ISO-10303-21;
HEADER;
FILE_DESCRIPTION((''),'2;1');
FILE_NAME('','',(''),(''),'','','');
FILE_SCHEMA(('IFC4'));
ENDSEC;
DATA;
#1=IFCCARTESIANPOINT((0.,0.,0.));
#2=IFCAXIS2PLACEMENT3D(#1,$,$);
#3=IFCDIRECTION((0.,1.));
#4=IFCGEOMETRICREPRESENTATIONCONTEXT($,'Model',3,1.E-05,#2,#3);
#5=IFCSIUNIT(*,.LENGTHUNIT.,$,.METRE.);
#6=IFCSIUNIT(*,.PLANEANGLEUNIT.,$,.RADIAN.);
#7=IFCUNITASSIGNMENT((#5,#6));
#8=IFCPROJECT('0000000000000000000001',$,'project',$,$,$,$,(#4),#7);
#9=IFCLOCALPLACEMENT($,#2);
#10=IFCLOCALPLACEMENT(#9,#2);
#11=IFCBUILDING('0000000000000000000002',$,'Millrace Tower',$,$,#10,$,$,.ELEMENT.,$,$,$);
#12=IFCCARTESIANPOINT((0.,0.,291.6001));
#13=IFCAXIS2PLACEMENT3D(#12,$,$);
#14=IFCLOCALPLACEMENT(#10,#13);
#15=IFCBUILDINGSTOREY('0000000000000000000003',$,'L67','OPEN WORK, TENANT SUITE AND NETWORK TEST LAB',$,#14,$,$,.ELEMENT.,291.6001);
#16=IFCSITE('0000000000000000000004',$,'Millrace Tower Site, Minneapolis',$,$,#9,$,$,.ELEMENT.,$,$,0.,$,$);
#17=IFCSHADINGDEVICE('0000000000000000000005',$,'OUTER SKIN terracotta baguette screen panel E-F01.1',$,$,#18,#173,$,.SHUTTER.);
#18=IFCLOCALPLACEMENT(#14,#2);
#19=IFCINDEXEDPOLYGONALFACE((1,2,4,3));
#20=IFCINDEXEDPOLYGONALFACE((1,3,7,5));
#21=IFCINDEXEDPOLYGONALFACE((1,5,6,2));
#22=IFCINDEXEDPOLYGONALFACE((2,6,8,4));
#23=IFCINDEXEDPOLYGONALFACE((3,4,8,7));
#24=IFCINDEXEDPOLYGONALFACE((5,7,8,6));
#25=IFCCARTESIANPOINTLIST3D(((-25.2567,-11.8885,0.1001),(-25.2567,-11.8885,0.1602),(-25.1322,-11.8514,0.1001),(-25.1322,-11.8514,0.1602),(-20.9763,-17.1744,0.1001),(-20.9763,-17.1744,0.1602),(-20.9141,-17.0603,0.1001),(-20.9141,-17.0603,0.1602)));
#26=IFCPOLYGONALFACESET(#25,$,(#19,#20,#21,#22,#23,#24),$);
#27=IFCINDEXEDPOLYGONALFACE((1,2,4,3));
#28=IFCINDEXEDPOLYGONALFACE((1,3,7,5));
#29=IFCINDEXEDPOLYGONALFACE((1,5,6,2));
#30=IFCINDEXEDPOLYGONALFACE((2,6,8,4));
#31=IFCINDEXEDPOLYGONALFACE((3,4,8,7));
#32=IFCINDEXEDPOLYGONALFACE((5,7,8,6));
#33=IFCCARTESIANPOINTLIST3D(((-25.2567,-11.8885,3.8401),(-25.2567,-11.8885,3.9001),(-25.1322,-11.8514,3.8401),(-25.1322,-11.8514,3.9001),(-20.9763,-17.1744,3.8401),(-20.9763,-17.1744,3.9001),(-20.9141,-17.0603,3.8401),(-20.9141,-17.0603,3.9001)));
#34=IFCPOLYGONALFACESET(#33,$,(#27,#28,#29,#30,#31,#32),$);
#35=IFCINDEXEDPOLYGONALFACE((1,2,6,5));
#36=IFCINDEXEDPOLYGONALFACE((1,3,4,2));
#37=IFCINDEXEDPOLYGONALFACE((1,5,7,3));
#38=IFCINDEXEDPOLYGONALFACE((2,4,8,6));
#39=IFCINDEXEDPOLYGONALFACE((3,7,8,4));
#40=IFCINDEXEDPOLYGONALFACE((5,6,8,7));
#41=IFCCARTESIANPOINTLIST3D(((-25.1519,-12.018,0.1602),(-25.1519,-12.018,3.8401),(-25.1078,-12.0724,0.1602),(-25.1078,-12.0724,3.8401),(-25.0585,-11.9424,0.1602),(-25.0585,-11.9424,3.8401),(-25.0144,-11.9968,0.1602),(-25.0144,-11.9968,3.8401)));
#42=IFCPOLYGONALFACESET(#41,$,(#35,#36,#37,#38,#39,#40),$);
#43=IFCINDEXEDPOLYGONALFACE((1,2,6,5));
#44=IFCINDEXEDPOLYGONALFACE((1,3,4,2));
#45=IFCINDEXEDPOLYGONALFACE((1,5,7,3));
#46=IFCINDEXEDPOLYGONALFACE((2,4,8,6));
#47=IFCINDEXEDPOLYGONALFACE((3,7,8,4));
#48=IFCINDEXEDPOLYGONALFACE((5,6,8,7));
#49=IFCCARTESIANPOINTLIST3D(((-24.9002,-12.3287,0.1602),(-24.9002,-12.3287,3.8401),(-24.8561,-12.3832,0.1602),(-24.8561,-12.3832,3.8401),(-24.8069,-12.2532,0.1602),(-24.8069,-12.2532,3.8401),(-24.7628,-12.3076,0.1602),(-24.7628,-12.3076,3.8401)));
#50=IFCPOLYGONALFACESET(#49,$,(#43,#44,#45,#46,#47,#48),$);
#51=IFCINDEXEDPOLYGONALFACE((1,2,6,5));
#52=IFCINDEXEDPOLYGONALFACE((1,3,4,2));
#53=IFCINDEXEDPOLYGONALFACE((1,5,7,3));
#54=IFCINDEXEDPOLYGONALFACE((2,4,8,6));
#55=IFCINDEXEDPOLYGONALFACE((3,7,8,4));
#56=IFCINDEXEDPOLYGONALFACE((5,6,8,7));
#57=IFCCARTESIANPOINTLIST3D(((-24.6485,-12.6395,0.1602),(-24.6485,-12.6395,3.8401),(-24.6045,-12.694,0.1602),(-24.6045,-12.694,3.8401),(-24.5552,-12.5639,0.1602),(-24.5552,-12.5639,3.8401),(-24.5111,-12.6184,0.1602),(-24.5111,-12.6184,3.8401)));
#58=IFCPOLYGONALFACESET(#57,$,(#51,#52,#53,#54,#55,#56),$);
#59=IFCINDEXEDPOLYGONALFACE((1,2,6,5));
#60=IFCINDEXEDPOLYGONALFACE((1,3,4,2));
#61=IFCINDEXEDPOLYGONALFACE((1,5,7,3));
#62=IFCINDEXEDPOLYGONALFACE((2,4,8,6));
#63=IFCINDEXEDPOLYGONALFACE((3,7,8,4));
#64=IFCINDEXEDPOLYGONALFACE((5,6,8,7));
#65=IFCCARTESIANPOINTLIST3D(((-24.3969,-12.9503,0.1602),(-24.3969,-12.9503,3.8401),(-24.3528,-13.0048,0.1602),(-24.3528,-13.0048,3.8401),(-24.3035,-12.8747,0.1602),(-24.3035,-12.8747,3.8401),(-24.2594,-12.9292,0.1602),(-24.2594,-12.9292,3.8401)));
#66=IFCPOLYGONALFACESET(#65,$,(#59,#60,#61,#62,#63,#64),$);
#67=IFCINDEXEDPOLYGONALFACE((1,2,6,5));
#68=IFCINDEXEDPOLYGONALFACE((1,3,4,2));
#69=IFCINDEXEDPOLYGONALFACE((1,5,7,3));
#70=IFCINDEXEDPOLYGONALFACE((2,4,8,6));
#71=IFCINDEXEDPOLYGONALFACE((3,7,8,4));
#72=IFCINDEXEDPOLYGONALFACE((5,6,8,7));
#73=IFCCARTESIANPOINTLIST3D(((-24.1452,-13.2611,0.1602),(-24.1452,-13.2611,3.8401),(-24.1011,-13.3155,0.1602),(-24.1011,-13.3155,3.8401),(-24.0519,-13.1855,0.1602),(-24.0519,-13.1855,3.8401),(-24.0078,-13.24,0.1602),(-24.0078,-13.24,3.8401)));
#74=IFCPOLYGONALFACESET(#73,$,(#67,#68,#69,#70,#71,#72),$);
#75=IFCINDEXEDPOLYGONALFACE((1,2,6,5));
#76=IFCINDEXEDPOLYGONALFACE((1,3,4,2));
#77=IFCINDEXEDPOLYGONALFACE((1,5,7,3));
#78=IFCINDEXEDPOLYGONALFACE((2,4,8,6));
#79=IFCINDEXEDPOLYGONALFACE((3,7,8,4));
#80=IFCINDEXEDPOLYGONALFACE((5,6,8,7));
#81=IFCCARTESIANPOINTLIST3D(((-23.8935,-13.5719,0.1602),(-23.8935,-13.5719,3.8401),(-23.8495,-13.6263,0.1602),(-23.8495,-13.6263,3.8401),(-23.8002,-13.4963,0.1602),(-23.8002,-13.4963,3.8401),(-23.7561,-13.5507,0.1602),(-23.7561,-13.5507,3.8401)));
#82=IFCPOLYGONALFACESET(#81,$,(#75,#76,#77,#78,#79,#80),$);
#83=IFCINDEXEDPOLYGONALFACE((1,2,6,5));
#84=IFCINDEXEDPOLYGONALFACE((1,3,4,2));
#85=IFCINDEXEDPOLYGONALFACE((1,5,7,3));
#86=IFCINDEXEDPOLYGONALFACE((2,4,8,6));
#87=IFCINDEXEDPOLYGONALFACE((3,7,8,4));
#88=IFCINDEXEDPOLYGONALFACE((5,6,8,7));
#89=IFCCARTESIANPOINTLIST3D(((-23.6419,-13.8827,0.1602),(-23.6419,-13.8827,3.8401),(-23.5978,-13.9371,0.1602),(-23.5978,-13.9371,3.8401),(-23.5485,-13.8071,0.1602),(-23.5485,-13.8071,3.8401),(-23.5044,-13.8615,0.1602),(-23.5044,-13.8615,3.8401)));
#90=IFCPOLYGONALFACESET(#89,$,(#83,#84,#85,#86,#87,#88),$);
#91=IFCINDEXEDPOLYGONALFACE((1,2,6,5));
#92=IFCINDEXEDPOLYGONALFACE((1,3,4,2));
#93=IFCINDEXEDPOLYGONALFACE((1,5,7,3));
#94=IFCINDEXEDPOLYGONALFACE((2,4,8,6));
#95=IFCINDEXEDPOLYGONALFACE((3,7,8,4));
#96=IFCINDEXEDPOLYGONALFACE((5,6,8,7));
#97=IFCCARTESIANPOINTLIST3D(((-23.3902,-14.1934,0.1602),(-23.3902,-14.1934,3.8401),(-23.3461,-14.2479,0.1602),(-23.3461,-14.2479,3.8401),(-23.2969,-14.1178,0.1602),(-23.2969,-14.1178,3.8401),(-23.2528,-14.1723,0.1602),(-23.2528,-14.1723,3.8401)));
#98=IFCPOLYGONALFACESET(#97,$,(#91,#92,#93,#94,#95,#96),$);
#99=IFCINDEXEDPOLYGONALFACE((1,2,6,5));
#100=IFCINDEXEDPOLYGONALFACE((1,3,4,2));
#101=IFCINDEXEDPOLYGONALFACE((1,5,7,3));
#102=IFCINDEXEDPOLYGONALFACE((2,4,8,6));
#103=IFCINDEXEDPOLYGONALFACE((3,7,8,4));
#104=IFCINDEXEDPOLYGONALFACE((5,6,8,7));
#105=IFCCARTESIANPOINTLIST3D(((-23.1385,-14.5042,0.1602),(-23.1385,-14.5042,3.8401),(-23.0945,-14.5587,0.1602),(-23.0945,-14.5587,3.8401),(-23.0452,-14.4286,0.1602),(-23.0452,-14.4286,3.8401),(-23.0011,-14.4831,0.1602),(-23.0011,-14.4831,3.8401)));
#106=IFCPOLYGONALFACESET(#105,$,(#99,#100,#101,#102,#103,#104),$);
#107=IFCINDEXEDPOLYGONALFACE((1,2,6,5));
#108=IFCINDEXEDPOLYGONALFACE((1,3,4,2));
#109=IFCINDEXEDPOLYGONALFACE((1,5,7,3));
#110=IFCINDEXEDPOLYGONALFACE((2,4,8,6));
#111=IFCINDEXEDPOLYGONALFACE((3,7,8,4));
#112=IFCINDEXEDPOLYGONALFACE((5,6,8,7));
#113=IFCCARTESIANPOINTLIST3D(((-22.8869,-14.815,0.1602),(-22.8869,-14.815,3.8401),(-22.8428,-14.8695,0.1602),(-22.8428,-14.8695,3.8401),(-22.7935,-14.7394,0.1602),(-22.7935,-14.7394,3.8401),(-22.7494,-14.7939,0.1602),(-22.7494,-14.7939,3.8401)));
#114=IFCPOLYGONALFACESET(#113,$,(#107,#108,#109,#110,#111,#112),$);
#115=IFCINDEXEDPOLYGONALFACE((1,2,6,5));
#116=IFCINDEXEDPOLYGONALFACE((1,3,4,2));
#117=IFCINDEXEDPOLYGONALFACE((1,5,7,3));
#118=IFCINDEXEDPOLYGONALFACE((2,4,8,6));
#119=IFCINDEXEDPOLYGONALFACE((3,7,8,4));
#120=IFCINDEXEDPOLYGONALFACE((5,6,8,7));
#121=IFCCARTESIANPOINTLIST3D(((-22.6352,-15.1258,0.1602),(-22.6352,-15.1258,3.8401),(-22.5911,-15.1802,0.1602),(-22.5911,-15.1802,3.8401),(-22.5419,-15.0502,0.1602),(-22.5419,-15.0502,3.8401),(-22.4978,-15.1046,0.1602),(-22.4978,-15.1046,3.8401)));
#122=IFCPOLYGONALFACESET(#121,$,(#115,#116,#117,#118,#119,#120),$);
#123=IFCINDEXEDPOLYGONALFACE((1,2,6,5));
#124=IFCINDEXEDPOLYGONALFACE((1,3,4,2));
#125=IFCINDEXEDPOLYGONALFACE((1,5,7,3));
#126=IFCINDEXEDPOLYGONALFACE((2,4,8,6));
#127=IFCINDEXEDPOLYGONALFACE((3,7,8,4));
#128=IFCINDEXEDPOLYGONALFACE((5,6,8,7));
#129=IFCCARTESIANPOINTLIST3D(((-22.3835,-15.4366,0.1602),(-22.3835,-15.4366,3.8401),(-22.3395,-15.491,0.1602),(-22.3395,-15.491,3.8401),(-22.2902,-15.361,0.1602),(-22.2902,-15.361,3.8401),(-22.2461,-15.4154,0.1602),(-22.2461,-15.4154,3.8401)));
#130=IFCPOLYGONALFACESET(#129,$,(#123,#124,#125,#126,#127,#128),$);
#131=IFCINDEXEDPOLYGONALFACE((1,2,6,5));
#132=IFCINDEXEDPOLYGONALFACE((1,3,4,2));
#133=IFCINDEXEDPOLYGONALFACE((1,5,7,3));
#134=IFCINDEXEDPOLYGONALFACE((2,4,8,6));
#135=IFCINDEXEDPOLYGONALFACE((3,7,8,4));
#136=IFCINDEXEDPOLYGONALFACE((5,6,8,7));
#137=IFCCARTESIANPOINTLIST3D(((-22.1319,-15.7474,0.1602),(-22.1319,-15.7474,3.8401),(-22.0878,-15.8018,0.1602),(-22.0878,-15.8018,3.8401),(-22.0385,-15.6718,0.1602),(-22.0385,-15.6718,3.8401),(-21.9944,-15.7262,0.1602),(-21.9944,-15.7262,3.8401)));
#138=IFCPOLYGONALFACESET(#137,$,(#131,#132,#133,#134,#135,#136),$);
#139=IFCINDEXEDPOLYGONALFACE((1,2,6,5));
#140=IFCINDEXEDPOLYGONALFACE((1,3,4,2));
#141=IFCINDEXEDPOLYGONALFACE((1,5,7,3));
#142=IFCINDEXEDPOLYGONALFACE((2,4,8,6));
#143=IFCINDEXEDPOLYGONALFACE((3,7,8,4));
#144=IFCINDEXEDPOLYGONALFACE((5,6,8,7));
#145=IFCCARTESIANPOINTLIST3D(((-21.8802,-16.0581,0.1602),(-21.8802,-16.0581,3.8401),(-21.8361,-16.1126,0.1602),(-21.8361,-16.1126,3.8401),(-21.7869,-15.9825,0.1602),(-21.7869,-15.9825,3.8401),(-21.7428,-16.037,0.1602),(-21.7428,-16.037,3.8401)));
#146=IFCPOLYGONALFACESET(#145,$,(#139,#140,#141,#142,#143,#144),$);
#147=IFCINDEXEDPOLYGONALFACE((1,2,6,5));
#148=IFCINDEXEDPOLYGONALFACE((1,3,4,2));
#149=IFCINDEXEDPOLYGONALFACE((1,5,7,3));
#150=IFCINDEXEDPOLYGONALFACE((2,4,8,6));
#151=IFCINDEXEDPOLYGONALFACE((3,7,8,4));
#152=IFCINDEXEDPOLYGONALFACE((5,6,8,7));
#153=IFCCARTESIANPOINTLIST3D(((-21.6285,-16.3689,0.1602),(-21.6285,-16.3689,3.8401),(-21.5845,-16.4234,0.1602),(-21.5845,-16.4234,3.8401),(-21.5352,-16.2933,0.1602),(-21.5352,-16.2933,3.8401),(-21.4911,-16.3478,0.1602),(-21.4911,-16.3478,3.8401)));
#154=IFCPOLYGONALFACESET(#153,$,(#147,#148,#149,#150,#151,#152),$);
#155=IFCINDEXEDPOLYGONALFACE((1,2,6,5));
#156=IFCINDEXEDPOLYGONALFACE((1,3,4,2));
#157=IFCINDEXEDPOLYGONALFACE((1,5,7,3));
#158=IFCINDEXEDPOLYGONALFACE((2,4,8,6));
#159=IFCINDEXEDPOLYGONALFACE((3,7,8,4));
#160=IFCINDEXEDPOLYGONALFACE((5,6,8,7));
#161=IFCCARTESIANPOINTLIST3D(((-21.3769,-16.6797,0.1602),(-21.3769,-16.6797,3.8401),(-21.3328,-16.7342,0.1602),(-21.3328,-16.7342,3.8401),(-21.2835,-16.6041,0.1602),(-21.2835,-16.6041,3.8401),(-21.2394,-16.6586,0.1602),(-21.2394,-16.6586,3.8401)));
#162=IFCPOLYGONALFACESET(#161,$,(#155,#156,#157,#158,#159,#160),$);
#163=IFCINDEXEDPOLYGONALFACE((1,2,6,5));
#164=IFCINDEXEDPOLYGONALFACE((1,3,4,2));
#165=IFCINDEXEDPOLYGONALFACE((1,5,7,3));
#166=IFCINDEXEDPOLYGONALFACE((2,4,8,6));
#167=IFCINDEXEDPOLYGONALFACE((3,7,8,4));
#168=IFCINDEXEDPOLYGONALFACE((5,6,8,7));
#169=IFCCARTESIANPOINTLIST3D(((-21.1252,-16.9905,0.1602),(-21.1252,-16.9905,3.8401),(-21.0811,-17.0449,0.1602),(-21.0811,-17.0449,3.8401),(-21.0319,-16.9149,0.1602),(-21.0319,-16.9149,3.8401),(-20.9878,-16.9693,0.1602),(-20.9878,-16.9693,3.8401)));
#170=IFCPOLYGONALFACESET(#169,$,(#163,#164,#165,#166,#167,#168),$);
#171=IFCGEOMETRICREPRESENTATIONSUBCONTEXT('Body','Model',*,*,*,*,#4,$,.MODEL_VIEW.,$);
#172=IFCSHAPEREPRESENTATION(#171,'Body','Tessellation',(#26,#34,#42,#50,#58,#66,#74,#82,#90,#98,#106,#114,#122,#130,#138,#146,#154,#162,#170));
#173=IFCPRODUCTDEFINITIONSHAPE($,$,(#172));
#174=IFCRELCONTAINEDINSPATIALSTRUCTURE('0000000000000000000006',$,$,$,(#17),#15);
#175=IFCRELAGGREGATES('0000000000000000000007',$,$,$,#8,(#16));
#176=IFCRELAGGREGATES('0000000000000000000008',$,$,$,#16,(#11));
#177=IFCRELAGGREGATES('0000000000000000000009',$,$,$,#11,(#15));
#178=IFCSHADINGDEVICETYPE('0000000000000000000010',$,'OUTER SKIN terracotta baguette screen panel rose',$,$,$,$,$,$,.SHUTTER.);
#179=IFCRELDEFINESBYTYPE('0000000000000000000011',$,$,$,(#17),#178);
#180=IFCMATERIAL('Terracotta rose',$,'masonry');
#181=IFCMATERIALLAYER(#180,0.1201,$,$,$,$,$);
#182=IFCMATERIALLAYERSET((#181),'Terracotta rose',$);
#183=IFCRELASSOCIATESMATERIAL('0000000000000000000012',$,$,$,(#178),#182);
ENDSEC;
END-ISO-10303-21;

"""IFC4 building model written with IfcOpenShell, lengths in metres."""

from ifc_helpers import new_model, entity, si_unit, direction, frame, frame_2d, origin, origin_2d, place, context, subcontext, project, spatial, rectangle, extrude, source, transform, mapped, material, layer, layer_set, type_object, element, save


model = new_model("IFC4")

# Units and contexts
model_context = context("Model", 3, precision=1e-05, world=origin(), true_north=direction((0.0, 1.0)))
body_context = subcontext(model_context, "Body", "Model", "MODEL_VIEW")
ifc_project = project(units=[si_unit("LENGTHUNIT", "METRE"), si_unit("PLANEANGLEUNIT", "RADIAN")], contexts=[model_context])

# Site, building, storey
site_placement = place(None, origin())
site = spatial("IfcSite", under=ifc_project, at=site_placement, Name="Millrace Tower Site, Minneapolis", CompositionType="ELEMENT", RefElevation=0.0)
building_placement = place(site_placement, origin())
building = spatial("IfcBuilding", under=site, at=building_placement, Name="Millrace Tower", CompositionType="ELEMENT")
storey_placement = place(building_placement, frame((0.0, 0.0, 291.6001)))
storey = spatial("IfcBuildingStorey", under=building, at=storey_placement, Name="L67", Description="OPEN WORK, TENANT SUITE AND NETWORK TEST LAB", CompositionType="ELEMENT", Elevation=291.6001)

# Shading device
ifc_material_1 = material(Name="Terracotta rose", Category="masonry")
ifc_layer_1 = layer(ifc_material_1, 0.1201)
ifc_layer_set_1 = layer_set([ifc_layer_1], Name="Terracotta rose")
shading_device_type = type_object("IfcShadingDeviceType", Name="OUTER SKIN terracotta baguette screen panel rose", PredefinedType="SHUTTER", material=ifc_layer_set_1)
cartesian_point_1 = entity("IfcCartesianPoint", [-3.3513, 0.0601])
shared_polyline_1 = entity("IfcPolyline", [cartesian_point_1, entity("IfcCartesianPoint", [3.3513, 0.0601]), entity("IfcCartesianPoint", [3.4009, -0.0601]), entity("IfcCartesianPoint", [-3.4009, -0.0601]), cartesian_point_1])
shared_shape_1 = source(origin(), body_context, "Body", "SweptSolid", [
    entity("IfcExtrudedAreaSolid", entity("IfcArbitraryClosedProfileDef", "AREA", None, shared_polyline_1), entity("IfcAxis2Placement3D", entity("IfcCartesianPoint", [0.0, 0.0, 0.0])), entity("IfcDirection", [0.0, 0.0, 1.0]), 0.0601),
    entity("IfcExtrudedAreaSolid", entity("IfcArbitraryClosedProfileDef", "AREA", None, shared_polyline_1), entity("IfcAxis2Placement3D", entity("IfcCartesianPoint", [0.0, 0.0, 3.74])), entity("IfcDirection", [0.0, 0.0, 1.0]), 0.0601),
    extrude(rectangle(XDim=0.0701, YDim=0.1201, at=frame_2d((-3.1992, 0.0))), frame((0.0, 0.0, 0.0601)), (0.0, 0.0, 1.0), 3.6799),
    extrude(rectangle(XDim=0.0701, YDim=0.1201, at=frame_2d((-2.7993, 0.0))), frame((0.0, 0.0, 0.0601)), (0.0, 0.0, 1.0), 3.6799),
    extrude(rectangle(XDim=0.0701, YDim=0.1201, at=frame_2d((-2.3994, 0.0))), frame((0.0, 0.0, 0.0601)), (0.0, 0.0, 1.0), 3.6799),
    extrude(rectangle(XDim=0.0701, YDim=0.1201, at=frame_2d((-1.9995, 0.0))), frame((0.0, 0.0, 0.0601)), (0.0, 0.0, 1.0), 3.6799),
    extrude(rectangle(XDim=0.0701, YDim=0.1201, at=frame_2d((-1.5996, 0.0))), frame((0.0, 0.0, 0.0601)), (0.0, 0.0, 1.0), 3.6799),
    extrude(rectangle(XDim=0.0701, YDim=0.1201, at=frame_2d((-1.1997, 0.0))), frame((0.0, 0.0, 0.0601)), (0.0, 0.0, 1.0), 3.6799),
    extrude(rectangle(XDim=0.0701, YDim=0.1201, at=frame_2d((-0.7998, 0.0))), frame((0.0, 0.0, 0.0601)), (0.0, 0.0, 1.0), 3.6799),
    extrude(rectangle(XDim=0.0701, YDim=0.1201, at=frame_2d((-0.3999, 0.0))), frame((0.0, 0.0, 0.0601)), (0.0, 0.0, 1.0), 3.6799),
    extrude(rectangle(XDim=0.0701, YDim=0.1201, at=origin_2d()), frame((0.0, 0.0, 0.0601)), (0.0, 0.0, 1.0), 3.6799),
    extrude(rectangle(XDim=0.0701, YDim=0.1201, at=frame_2d((0.3999, 0.0))), frame((0.0, 0.0, 0.0601)), (0.0, 0.0, 1.0), 3.6799),
    extrude(rectangle(XDim=0.0701, YDim=0.1201, at=frame_2d((0.7998, 0.0))), frame((0.0, 0.0, 0.0601)), (0.0, 0.0, 1.0), 3.6799),
    extrude(rectangle(XDim=0.0701, YDim=0.1201, at=frame_2d((1.1997, 0.0))), frame((0.0, 0.0, 0.0601)), (0.0, 0.0, 1.0), 3.6799),
    extrude(rectangle(XDim=0.0701, YDim=0.1201, at=frame_2d((1.5996, 0.0))), frame((0.0, 0.0, 0.0601)), (0.0, 0.0, 1.0), 3.6799),
    extrude(rectangle(XDim=0.0701, YDim=0.1201, at=frame_2d((1.9995, 0.0))), frame((0.0, 0.0, 0.0601)), (0.0, 0.0, 1.0), 3.6799),
    extrude(rectangle(XDim=0.0701, YDim=0.1201, at=frame_2d((2.3994, 0.0))), frame((0.0, 0.0, 0.0601)), (0.0, 0.0, 1.0), 3.6799),
    extrude(rectangle(XDim=0.0701, YDim=0.1201, at=frame_2d((2.7993, 0.0))), frame((0.0, 0.0, 0.0601)), (0.0, 0.0, 1.0), 3.6799),
    extrude(rectangle(XDim=0.0701, YDim=0.1201, at=frame_2d((3.1992, 0.0))), frame((0.0, 0.0, 0.0601)), (0.0, 0.0, 1.0), 3.6799),
])
shading_device_1_placement = place(storey_placement, frame((-23.0698, -14.4937, 0.1001), z_axis=(0.0, 0.0, 1.0), x_axis=(0.62932, -0.777146, 0.0)))
element("IfcShadingDevice", 1, at=shading_device_1_placement, inside=storey, type_object=shading_device_type, Name="OUTER SKIN terracotta baguette screen panel E-F01.1", PredefinedType="SHUTTER", context=body_context, shape_type="MappedRepresentation", body=[
    mapped(shared_shape_1, transform((0.0, 0.0, 0.0), scale=1.0)),
])

save(model, "model.ifc")
